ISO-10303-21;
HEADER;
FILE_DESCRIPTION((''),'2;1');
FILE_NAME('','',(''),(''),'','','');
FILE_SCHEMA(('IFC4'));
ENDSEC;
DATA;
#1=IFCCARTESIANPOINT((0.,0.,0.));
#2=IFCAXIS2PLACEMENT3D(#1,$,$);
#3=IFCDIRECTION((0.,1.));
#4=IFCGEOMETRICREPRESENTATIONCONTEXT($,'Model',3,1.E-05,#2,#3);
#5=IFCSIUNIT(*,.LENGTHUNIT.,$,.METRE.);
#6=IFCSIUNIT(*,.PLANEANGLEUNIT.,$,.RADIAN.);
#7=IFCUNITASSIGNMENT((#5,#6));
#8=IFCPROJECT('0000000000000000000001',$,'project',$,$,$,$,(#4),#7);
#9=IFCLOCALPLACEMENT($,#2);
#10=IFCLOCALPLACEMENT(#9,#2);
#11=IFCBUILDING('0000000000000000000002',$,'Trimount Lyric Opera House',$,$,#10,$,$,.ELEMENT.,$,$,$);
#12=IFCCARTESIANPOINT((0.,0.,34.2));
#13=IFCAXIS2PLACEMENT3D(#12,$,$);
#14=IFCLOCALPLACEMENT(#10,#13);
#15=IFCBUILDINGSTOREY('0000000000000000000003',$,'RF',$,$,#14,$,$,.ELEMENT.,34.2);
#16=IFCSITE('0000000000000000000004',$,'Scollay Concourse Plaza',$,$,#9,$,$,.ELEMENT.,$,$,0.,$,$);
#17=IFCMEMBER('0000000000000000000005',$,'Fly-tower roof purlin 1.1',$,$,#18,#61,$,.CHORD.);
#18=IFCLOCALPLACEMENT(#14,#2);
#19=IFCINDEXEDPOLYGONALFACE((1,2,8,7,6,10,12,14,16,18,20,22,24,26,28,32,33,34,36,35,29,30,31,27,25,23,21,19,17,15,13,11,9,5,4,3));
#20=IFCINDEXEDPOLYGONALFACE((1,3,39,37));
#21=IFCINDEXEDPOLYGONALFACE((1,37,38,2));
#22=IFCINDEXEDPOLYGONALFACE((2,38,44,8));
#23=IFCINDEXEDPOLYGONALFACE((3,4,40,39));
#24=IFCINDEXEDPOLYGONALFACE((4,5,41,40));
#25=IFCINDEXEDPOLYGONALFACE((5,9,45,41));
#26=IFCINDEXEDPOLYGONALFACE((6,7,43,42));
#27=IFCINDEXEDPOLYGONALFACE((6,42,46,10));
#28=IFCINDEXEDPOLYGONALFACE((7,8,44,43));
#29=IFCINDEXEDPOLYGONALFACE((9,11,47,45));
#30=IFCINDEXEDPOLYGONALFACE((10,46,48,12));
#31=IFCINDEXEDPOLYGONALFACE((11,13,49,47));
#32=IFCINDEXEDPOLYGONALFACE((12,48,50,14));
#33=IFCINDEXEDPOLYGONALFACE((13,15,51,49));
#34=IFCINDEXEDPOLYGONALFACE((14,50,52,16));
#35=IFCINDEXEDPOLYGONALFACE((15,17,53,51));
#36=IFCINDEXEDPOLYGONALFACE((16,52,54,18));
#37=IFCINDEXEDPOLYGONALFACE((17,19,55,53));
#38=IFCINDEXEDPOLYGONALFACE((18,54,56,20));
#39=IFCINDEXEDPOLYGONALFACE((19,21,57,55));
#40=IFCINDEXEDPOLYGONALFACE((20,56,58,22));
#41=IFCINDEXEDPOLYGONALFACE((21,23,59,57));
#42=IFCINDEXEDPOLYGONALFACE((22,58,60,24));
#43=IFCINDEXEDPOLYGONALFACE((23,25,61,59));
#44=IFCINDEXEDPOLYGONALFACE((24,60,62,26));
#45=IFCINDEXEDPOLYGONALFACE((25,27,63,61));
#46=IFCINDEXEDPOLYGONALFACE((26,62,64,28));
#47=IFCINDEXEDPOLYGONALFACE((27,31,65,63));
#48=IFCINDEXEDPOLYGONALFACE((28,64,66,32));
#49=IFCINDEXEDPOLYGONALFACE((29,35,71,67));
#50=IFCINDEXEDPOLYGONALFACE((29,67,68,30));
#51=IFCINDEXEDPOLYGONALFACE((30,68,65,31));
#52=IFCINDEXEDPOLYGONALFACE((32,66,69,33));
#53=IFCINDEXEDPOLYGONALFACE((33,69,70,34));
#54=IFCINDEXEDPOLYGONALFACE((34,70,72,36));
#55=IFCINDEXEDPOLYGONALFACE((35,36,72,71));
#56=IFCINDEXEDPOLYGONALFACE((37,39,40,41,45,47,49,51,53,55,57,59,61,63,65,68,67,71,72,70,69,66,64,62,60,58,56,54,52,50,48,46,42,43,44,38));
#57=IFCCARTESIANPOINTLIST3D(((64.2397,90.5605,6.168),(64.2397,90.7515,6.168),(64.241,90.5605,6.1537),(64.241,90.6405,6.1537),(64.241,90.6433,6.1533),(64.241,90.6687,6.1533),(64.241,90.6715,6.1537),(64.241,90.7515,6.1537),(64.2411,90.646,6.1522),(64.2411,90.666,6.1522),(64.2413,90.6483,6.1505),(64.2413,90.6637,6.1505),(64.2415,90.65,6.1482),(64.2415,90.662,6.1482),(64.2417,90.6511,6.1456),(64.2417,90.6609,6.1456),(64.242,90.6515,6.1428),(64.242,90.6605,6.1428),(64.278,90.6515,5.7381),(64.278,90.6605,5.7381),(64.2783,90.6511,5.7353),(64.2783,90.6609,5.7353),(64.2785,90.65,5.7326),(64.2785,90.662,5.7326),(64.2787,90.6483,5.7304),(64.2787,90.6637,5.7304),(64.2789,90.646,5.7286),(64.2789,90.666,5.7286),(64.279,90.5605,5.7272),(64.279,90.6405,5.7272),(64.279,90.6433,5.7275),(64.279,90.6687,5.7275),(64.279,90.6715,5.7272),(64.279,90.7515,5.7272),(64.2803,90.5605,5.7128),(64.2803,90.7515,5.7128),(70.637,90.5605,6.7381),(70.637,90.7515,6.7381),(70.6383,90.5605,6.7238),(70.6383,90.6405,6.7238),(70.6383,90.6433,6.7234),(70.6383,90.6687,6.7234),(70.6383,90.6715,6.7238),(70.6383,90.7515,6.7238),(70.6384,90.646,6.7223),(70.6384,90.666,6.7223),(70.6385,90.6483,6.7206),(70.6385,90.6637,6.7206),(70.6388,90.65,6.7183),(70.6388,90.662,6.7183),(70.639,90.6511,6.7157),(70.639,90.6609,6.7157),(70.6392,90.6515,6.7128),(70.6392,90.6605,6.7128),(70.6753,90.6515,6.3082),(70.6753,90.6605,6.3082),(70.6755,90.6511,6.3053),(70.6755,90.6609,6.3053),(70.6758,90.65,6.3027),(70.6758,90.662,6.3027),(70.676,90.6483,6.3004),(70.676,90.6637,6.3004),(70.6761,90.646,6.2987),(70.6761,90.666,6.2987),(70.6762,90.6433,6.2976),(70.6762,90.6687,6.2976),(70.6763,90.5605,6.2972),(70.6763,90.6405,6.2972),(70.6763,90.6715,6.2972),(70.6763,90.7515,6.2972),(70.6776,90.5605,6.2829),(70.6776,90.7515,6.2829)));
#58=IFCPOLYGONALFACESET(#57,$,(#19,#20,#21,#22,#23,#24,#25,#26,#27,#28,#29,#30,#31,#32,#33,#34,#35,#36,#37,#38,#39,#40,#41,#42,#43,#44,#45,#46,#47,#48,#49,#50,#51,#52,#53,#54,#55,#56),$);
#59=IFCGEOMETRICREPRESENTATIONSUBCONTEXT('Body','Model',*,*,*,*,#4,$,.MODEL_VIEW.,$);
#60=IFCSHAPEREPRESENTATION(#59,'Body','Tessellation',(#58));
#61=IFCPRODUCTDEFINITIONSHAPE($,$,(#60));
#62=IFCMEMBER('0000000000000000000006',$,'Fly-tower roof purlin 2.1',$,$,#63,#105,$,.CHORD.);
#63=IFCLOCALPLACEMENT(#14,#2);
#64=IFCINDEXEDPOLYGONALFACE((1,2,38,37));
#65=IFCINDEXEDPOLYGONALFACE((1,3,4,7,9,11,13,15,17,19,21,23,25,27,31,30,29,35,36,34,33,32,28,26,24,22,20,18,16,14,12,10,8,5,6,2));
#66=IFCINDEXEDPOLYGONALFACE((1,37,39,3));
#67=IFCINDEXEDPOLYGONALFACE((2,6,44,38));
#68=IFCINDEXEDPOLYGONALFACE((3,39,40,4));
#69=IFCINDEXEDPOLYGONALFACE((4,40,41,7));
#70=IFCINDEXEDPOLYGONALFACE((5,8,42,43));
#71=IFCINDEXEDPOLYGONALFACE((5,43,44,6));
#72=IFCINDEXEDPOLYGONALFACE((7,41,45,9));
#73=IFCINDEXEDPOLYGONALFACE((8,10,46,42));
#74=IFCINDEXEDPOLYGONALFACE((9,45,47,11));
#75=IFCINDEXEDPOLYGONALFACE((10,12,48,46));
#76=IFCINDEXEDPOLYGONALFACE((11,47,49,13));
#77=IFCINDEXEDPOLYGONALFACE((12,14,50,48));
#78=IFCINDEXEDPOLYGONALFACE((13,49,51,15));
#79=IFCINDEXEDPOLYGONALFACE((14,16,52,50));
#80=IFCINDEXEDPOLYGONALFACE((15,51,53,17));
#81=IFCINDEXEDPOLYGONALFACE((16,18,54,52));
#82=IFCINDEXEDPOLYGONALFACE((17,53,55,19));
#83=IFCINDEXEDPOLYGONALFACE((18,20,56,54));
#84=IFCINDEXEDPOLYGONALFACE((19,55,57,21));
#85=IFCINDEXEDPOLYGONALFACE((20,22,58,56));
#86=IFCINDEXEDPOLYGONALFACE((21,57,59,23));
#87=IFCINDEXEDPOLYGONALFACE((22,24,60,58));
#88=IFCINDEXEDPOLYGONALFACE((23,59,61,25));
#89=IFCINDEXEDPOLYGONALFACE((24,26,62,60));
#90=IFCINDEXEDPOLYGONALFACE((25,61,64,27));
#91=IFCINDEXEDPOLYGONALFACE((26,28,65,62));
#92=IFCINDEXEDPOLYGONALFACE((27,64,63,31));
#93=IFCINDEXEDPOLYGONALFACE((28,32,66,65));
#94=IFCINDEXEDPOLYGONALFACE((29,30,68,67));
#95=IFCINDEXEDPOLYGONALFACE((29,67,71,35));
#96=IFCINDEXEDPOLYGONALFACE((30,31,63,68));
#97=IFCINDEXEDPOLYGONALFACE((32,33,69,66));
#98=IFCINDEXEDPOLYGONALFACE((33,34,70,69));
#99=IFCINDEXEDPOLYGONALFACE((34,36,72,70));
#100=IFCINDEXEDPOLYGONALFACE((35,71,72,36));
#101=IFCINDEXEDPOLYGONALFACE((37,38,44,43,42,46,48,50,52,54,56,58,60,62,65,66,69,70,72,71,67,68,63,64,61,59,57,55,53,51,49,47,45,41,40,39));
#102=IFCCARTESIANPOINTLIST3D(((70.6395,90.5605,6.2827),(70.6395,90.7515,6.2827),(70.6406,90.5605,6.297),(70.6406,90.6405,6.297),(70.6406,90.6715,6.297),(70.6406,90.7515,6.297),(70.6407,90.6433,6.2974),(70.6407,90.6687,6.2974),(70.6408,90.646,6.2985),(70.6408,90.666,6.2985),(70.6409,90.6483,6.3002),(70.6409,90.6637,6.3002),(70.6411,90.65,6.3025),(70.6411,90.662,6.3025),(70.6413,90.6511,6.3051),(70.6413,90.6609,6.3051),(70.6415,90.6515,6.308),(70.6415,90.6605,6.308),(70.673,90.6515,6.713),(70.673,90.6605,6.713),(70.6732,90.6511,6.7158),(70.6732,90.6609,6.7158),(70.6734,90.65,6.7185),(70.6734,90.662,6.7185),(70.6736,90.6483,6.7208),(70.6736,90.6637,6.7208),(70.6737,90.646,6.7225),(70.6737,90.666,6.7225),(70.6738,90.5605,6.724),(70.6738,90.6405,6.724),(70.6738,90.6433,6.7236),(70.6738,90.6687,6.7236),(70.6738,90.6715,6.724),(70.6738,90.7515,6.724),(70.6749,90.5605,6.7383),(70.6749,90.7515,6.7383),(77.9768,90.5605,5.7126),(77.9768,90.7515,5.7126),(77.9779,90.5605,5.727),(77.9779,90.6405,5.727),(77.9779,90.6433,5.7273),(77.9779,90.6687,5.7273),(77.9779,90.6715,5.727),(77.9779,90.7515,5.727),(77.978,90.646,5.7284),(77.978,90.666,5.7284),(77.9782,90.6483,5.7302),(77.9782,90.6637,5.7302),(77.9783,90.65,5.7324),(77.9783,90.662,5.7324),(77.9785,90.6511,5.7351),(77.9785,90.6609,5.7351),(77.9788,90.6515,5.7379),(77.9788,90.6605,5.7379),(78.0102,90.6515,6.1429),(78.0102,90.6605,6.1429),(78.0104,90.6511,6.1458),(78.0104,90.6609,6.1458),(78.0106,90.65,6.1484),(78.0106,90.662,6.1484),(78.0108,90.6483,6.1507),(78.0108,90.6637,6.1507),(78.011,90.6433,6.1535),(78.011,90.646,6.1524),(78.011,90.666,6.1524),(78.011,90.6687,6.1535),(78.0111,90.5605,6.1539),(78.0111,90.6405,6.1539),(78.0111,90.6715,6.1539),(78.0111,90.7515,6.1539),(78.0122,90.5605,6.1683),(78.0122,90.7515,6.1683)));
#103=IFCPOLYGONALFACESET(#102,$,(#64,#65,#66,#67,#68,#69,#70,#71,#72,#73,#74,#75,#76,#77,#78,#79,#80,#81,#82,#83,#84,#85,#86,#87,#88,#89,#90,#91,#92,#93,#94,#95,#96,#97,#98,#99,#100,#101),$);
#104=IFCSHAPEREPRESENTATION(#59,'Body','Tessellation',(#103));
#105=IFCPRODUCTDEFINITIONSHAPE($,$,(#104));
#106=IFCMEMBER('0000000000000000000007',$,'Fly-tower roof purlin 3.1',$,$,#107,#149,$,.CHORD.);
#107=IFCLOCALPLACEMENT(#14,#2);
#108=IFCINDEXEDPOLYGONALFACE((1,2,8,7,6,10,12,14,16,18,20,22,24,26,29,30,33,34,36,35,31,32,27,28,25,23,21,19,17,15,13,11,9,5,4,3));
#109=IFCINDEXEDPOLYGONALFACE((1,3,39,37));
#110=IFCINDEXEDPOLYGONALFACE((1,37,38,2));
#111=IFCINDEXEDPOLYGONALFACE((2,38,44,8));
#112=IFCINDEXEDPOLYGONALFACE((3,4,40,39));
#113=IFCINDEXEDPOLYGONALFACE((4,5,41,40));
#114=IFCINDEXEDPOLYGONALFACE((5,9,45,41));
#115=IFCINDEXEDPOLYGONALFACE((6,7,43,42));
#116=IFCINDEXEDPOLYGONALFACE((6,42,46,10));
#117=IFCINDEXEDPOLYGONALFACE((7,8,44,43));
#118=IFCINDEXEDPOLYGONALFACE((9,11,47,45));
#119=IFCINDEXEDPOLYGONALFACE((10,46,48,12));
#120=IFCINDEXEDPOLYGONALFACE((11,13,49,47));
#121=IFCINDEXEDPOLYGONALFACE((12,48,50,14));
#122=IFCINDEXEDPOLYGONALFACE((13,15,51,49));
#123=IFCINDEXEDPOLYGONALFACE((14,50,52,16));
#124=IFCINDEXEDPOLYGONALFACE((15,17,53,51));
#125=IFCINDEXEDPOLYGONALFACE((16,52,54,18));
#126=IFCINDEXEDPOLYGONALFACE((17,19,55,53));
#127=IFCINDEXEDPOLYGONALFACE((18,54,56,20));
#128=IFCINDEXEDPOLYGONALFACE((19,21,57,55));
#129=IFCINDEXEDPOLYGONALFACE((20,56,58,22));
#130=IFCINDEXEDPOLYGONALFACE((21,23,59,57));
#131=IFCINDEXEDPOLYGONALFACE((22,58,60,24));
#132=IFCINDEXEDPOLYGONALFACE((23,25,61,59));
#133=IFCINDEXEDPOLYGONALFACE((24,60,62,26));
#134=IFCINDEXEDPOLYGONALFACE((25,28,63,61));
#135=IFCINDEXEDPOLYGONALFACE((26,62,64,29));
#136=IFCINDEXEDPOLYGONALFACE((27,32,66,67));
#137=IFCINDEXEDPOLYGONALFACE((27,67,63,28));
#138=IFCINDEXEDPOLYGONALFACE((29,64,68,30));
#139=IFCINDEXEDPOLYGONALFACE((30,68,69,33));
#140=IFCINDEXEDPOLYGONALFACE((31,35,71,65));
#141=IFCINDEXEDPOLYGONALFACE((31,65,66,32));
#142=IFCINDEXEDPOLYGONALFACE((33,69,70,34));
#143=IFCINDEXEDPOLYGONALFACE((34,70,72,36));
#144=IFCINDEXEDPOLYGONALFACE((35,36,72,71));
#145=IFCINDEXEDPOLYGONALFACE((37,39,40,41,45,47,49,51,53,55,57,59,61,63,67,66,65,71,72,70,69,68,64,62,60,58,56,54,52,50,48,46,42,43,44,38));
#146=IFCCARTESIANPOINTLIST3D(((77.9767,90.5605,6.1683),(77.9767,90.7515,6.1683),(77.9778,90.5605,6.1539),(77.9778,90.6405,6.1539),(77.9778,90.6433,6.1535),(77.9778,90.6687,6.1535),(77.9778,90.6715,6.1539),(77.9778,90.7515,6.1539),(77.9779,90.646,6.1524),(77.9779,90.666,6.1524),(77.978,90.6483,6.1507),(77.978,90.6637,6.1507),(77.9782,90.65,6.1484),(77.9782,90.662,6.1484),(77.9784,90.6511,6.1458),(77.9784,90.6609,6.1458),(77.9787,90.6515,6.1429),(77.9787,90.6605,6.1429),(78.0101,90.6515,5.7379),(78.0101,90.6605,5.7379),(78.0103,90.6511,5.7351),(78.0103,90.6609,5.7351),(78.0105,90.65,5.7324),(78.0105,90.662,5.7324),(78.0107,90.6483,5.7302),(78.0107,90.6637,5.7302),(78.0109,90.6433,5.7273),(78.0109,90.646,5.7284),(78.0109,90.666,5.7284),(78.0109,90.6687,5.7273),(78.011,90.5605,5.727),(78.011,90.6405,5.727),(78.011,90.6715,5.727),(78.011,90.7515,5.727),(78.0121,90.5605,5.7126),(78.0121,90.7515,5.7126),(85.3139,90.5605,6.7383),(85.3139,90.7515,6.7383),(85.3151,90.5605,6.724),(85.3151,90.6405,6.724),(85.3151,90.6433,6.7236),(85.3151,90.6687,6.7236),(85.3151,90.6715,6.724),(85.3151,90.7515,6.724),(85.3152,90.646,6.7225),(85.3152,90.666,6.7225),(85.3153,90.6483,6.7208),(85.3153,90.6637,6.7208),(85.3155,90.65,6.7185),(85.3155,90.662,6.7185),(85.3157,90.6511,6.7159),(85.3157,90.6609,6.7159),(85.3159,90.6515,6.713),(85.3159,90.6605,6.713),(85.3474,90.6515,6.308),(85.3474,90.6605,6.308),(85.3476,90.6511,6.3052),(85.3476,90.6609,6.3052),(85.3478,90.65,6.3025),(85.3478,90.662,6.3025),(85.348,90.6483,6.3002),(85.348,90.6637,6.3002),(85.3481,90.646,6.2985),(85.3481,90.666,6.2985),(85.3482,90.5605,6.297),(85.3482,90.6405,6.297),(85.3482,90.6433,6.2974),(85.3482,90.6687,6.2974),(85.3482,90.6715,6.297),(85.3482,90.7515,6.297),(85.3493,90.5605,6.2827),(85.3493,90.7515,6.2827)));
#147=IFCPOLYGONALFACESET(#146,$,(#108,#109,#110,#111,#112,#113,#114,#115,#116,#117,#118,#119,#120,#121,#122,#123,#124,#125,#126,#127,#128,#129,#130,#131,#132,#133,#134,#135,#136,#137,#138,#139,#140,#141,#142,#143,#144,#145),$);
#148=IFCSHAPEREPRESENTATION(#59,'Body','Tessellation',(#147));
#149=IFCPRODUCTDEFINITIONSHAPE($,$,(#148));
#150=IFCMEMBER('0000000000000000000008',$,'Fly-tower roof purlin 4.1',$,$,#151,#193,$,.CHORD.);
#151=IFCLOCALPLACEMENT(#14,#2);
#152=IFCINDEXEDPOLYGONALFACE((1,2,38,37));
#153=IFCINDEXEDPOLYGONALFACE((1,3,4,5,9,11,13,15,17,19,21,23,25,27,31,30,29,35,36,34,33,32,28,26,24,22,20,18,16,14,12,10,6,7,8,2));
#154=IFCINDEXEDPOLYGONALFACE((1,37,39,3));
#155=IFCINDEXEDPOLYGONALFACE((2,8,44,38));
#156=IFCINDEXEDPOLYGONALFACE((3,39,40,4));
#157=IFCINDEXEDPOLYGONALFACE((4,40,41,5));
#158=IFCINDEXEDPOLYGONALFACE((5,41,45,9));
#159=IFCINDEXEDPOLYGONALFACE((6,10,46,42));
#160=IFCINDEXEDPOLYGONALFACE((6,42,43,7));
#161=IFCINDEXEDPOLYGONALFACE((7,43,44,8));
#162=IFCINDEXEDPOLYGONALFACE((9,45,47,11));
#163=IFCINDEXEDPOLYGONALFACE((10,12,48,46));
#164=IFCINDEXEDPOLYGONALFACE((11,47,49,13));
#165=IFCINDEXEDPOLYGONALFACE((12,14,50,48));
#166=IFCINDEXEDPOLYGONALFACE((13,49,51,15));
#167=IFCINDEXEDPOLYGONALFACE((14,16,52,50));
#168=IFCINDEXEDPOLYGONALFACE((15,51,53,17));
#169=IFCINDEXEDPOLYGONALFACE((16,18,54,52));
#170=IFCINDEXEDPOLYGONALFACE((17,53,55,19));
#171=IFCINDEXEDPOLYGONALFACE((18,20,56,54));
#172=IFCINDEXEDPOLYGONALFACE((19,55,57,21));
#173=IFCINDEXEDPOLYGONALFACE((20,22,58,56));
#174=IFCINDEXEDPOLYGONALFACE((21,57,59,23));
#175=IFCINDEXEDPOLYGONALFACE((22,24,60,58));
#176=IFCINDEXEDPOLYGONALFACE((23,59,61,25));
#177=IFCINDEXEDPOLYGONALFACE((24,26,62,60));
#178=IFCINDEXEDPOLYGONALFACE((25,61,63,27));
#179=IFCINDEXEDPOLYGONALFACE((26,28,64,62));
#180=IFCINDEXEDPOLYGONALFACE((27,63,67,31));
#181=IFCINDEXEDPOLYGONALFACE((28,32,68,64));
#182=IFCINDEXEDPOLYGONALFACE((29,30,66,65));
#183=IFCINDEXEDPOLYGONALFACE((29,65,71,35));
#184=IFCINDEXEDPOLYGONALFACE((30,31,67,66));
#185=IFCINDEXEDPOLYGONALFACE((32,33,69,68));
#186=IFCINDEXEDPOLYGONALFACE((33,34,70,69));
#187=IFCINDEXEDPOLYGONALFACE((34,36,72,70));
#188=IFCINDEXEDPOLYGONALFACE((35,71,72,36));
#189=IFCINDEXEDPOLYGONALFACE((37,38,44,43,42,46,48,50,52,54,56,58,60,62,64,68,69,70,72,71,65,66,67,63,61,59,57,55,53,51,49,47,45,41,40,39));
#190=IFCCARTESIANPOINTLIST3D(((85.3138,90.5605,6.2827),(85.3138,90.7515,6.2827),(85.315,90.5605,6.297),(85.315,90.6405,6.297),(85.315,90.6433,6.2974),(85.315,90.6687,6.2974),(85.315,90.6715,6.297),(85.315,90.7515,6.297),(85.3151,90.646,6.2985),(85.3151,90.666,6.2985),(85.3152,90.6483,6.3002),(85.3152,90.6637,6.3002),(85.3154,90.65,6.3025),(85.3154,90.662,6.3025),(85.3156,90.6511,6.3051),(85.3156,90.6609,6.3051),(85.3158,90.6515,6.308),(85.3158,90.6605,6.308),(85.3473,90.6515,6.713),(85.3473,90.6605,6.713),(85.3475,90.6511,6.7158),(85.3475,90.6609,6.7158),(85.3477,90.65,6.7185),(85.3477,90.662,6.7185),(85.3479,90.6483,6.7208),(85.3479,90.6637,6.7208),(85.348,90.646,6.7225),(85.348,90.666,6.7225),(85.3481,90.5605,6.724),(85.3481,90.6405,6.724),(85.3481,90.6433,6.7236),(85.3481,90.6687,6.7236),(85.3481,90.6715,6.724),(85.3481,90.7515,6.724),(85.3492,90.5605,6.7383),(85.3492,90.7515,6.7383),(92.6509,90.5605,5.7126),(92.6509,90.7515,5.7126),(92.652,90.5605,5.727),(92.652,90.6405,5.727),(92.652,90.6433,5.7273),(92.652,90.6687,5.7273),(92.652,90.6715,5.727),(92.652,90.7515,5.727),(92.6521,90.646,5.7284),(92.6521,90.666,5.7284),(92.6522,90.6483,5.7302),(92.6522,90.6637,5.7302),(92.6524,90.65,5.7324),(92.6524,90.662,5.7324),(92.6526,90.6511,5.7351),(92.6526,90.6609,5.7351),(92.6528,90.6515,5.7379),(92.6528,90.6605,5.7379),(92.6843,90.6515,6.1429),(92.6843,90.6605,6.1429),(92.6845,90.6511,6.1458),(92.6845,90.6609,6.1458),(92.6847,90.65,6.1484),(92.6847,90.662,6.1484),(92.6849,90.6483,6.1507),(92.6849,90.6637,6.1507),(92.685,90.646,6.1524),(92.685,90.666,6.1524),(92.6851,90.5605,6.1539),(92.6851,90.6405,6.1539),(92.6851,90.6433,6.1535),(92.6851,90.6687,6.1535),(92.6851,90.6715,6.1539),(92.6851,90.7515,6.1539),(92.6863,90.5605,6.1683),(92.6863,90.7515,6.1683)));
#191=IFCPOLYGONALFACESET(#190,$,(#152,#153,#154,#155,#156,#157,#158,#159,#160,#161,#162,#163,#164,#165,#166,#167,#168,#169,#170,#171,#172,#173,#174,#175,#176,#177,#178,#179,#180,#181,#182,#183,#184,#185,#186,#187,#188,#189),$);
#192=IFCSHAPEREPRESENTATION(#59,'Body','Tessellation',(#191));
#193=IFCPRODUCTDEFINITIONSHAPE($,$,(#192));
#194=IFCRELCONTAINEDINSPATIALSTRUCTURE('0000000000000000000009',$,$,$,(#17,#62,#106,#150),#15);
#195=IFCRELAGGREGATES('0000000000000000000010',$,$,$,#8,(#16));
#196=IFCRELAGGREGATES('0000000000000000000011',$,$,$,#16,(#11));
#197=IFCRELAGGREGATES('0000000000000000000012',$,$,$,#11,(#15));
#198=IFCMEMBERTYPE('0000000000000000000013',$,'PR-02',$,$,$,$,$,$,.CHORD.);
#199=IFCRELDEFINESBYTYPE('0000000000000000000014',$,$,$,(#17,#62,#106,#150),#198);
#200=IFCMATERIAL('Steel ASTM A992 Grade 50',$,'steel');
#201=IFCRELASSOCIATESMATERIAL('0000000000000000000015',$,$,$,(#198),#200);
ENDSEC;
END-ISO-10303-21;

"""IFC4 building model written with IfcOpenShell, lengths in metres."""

from ifc_helpers import new_model, si_unit, direction, frame, origin, origin_2d, place, context, subcontext, project, spatial, i_section, extrude, material, material_profile, profile_set, type_object, element, save


model = new_model("IFC4")

# Units and contexts
model_context = context("Model", 3, precision=1e-05, world=origin(), true_north=direction((0.0, 1.0)))
body_context = subcontext(model_context, "Body", "Model", "MODEL_VIEW")
ifc_project = project(units=[si_unit("LENGTHUNIT", "METRE"), si_unit("PLANEANGLEUNIT", "RADIAN")], contexts=[model_context])

# Site, building, storey
site_placement = place(None, origin())
site = spatial("IfcSite", under=ifc_project, at=site_placement, Name="Scollay Concourse Plaza", CompositionType="ELEMENT", RefElevation=0.0)
building_placement = place(site_placement, origin())
building = spatial("IfcBuilding", under=site, at=building_placement, Name="Trimount Lyric Opera House", CompositionType="ELEMENT")
storey_placement = place(building_placement, frame((0.0, 0.0, 34.2)))
storey = spatial("IfcBuildingStorey", under=building, at=storey_placement, Name="RF", CompositionType="ELEMENT", Elevation=34.2)

# Members
ifc_material_1 = material(Name="Steel ASTM A992 Grade 50", Category="steel")
ifc_material_profile_1 = material_profile(ifc_material_1, i_section(OverallWidth=0.1909, OverallDepth=0.457, WebThickness=0.009, FlangeThickness=0.0144, FilletRadius=0.011, at=origin_2d()), Name="W18X50")
ifc_profile_set_1 = profile_set([ifc_material_profile_1], Name="Steel ASTM A992 Grade 50")
member_type_1 = type_object("IfcMemberType", Name="PR-02", PredefinedType="CHORD", material=ifc_profile_set_1)
member_1_placement = place(storey_placement, frame((64.26, 90.656, 5.9404), z_axis=(0.996053, 0.0, 0.08876), x_axis=(0.0, 1.0, 0.0)))
element("IfcMember", 1, at=member_1_placement, inside=storey, type_object=member_type_1, Name="Fly-tower roof purlin 1.1", PredefinedType="CHORD", context=body_context, shape_type="SweptSolid", body=[
    extrude(i_section(OverallWidth=0.1909, OverallDepth=0.457, WebThickness=0.009, FlangeThickness=0.0144, FilletRadius=0.011, at=origin_2d()), origin(), (0.0, 0.0, 1.0), 6.4226),
])
for number, where, z_axis, x_axis, name in (
    (2, (70.6572, 90.656, 6.5105), (0.996995, 0.0, -0.077463), (0.0, 1.0, 0.0), "Fly-tower roof purlin 2.1"),
    (3, (77.9944, 90.656, 5.9404), (0.996995, 0.0, 0.077463), (0.0, 1.0, 0.0), "Fly-tower roof purlin 3.1"),
):
    element("IfcMember", number, at=place(storey_placement, frame(where, z_axis=z_axis, x_axis=x_axis)), inside=storey, type_object=member_type_1, Name=name, PredefinedType="CHORD", context=body_context, shape_type="SweptSolid", body=[
        extrude(i_section(OverallWidth=0.1909, OverallDepth=0.457, WebThickness=0.009, FlangeThickness=0.0144, FilletRadius=0.011, at=origin_2d()), origin(), (0.0, 0.0, 1.0), 7.3594),
    ])
member_2_placement = place(storey_placement, frame((85.3315, 90.656, 6.5105), z_axis=(0.996995, 0.0, -0.077465), x_axis=(0.0, 1.0, 0.0)))
element("IfcMember", 4, at=member_2_placement, inside=storey, type_object=member_type_1, Name="Fly-tower roof purlin 4.1", PredefinedType="CHORD", context=body_context, shape_type="SweptSolid", body=[
    extrude(i_section(OverallWidth=0.1909, OverallDepth=0.457, WebThickness=0.009, FlangeThickness=0.0144, FilletRadius=0.011, at=origin_2d()), origin(), (0.0, 0.0, 1.0), 7.3591),
])

save(model, "model.ifc")
